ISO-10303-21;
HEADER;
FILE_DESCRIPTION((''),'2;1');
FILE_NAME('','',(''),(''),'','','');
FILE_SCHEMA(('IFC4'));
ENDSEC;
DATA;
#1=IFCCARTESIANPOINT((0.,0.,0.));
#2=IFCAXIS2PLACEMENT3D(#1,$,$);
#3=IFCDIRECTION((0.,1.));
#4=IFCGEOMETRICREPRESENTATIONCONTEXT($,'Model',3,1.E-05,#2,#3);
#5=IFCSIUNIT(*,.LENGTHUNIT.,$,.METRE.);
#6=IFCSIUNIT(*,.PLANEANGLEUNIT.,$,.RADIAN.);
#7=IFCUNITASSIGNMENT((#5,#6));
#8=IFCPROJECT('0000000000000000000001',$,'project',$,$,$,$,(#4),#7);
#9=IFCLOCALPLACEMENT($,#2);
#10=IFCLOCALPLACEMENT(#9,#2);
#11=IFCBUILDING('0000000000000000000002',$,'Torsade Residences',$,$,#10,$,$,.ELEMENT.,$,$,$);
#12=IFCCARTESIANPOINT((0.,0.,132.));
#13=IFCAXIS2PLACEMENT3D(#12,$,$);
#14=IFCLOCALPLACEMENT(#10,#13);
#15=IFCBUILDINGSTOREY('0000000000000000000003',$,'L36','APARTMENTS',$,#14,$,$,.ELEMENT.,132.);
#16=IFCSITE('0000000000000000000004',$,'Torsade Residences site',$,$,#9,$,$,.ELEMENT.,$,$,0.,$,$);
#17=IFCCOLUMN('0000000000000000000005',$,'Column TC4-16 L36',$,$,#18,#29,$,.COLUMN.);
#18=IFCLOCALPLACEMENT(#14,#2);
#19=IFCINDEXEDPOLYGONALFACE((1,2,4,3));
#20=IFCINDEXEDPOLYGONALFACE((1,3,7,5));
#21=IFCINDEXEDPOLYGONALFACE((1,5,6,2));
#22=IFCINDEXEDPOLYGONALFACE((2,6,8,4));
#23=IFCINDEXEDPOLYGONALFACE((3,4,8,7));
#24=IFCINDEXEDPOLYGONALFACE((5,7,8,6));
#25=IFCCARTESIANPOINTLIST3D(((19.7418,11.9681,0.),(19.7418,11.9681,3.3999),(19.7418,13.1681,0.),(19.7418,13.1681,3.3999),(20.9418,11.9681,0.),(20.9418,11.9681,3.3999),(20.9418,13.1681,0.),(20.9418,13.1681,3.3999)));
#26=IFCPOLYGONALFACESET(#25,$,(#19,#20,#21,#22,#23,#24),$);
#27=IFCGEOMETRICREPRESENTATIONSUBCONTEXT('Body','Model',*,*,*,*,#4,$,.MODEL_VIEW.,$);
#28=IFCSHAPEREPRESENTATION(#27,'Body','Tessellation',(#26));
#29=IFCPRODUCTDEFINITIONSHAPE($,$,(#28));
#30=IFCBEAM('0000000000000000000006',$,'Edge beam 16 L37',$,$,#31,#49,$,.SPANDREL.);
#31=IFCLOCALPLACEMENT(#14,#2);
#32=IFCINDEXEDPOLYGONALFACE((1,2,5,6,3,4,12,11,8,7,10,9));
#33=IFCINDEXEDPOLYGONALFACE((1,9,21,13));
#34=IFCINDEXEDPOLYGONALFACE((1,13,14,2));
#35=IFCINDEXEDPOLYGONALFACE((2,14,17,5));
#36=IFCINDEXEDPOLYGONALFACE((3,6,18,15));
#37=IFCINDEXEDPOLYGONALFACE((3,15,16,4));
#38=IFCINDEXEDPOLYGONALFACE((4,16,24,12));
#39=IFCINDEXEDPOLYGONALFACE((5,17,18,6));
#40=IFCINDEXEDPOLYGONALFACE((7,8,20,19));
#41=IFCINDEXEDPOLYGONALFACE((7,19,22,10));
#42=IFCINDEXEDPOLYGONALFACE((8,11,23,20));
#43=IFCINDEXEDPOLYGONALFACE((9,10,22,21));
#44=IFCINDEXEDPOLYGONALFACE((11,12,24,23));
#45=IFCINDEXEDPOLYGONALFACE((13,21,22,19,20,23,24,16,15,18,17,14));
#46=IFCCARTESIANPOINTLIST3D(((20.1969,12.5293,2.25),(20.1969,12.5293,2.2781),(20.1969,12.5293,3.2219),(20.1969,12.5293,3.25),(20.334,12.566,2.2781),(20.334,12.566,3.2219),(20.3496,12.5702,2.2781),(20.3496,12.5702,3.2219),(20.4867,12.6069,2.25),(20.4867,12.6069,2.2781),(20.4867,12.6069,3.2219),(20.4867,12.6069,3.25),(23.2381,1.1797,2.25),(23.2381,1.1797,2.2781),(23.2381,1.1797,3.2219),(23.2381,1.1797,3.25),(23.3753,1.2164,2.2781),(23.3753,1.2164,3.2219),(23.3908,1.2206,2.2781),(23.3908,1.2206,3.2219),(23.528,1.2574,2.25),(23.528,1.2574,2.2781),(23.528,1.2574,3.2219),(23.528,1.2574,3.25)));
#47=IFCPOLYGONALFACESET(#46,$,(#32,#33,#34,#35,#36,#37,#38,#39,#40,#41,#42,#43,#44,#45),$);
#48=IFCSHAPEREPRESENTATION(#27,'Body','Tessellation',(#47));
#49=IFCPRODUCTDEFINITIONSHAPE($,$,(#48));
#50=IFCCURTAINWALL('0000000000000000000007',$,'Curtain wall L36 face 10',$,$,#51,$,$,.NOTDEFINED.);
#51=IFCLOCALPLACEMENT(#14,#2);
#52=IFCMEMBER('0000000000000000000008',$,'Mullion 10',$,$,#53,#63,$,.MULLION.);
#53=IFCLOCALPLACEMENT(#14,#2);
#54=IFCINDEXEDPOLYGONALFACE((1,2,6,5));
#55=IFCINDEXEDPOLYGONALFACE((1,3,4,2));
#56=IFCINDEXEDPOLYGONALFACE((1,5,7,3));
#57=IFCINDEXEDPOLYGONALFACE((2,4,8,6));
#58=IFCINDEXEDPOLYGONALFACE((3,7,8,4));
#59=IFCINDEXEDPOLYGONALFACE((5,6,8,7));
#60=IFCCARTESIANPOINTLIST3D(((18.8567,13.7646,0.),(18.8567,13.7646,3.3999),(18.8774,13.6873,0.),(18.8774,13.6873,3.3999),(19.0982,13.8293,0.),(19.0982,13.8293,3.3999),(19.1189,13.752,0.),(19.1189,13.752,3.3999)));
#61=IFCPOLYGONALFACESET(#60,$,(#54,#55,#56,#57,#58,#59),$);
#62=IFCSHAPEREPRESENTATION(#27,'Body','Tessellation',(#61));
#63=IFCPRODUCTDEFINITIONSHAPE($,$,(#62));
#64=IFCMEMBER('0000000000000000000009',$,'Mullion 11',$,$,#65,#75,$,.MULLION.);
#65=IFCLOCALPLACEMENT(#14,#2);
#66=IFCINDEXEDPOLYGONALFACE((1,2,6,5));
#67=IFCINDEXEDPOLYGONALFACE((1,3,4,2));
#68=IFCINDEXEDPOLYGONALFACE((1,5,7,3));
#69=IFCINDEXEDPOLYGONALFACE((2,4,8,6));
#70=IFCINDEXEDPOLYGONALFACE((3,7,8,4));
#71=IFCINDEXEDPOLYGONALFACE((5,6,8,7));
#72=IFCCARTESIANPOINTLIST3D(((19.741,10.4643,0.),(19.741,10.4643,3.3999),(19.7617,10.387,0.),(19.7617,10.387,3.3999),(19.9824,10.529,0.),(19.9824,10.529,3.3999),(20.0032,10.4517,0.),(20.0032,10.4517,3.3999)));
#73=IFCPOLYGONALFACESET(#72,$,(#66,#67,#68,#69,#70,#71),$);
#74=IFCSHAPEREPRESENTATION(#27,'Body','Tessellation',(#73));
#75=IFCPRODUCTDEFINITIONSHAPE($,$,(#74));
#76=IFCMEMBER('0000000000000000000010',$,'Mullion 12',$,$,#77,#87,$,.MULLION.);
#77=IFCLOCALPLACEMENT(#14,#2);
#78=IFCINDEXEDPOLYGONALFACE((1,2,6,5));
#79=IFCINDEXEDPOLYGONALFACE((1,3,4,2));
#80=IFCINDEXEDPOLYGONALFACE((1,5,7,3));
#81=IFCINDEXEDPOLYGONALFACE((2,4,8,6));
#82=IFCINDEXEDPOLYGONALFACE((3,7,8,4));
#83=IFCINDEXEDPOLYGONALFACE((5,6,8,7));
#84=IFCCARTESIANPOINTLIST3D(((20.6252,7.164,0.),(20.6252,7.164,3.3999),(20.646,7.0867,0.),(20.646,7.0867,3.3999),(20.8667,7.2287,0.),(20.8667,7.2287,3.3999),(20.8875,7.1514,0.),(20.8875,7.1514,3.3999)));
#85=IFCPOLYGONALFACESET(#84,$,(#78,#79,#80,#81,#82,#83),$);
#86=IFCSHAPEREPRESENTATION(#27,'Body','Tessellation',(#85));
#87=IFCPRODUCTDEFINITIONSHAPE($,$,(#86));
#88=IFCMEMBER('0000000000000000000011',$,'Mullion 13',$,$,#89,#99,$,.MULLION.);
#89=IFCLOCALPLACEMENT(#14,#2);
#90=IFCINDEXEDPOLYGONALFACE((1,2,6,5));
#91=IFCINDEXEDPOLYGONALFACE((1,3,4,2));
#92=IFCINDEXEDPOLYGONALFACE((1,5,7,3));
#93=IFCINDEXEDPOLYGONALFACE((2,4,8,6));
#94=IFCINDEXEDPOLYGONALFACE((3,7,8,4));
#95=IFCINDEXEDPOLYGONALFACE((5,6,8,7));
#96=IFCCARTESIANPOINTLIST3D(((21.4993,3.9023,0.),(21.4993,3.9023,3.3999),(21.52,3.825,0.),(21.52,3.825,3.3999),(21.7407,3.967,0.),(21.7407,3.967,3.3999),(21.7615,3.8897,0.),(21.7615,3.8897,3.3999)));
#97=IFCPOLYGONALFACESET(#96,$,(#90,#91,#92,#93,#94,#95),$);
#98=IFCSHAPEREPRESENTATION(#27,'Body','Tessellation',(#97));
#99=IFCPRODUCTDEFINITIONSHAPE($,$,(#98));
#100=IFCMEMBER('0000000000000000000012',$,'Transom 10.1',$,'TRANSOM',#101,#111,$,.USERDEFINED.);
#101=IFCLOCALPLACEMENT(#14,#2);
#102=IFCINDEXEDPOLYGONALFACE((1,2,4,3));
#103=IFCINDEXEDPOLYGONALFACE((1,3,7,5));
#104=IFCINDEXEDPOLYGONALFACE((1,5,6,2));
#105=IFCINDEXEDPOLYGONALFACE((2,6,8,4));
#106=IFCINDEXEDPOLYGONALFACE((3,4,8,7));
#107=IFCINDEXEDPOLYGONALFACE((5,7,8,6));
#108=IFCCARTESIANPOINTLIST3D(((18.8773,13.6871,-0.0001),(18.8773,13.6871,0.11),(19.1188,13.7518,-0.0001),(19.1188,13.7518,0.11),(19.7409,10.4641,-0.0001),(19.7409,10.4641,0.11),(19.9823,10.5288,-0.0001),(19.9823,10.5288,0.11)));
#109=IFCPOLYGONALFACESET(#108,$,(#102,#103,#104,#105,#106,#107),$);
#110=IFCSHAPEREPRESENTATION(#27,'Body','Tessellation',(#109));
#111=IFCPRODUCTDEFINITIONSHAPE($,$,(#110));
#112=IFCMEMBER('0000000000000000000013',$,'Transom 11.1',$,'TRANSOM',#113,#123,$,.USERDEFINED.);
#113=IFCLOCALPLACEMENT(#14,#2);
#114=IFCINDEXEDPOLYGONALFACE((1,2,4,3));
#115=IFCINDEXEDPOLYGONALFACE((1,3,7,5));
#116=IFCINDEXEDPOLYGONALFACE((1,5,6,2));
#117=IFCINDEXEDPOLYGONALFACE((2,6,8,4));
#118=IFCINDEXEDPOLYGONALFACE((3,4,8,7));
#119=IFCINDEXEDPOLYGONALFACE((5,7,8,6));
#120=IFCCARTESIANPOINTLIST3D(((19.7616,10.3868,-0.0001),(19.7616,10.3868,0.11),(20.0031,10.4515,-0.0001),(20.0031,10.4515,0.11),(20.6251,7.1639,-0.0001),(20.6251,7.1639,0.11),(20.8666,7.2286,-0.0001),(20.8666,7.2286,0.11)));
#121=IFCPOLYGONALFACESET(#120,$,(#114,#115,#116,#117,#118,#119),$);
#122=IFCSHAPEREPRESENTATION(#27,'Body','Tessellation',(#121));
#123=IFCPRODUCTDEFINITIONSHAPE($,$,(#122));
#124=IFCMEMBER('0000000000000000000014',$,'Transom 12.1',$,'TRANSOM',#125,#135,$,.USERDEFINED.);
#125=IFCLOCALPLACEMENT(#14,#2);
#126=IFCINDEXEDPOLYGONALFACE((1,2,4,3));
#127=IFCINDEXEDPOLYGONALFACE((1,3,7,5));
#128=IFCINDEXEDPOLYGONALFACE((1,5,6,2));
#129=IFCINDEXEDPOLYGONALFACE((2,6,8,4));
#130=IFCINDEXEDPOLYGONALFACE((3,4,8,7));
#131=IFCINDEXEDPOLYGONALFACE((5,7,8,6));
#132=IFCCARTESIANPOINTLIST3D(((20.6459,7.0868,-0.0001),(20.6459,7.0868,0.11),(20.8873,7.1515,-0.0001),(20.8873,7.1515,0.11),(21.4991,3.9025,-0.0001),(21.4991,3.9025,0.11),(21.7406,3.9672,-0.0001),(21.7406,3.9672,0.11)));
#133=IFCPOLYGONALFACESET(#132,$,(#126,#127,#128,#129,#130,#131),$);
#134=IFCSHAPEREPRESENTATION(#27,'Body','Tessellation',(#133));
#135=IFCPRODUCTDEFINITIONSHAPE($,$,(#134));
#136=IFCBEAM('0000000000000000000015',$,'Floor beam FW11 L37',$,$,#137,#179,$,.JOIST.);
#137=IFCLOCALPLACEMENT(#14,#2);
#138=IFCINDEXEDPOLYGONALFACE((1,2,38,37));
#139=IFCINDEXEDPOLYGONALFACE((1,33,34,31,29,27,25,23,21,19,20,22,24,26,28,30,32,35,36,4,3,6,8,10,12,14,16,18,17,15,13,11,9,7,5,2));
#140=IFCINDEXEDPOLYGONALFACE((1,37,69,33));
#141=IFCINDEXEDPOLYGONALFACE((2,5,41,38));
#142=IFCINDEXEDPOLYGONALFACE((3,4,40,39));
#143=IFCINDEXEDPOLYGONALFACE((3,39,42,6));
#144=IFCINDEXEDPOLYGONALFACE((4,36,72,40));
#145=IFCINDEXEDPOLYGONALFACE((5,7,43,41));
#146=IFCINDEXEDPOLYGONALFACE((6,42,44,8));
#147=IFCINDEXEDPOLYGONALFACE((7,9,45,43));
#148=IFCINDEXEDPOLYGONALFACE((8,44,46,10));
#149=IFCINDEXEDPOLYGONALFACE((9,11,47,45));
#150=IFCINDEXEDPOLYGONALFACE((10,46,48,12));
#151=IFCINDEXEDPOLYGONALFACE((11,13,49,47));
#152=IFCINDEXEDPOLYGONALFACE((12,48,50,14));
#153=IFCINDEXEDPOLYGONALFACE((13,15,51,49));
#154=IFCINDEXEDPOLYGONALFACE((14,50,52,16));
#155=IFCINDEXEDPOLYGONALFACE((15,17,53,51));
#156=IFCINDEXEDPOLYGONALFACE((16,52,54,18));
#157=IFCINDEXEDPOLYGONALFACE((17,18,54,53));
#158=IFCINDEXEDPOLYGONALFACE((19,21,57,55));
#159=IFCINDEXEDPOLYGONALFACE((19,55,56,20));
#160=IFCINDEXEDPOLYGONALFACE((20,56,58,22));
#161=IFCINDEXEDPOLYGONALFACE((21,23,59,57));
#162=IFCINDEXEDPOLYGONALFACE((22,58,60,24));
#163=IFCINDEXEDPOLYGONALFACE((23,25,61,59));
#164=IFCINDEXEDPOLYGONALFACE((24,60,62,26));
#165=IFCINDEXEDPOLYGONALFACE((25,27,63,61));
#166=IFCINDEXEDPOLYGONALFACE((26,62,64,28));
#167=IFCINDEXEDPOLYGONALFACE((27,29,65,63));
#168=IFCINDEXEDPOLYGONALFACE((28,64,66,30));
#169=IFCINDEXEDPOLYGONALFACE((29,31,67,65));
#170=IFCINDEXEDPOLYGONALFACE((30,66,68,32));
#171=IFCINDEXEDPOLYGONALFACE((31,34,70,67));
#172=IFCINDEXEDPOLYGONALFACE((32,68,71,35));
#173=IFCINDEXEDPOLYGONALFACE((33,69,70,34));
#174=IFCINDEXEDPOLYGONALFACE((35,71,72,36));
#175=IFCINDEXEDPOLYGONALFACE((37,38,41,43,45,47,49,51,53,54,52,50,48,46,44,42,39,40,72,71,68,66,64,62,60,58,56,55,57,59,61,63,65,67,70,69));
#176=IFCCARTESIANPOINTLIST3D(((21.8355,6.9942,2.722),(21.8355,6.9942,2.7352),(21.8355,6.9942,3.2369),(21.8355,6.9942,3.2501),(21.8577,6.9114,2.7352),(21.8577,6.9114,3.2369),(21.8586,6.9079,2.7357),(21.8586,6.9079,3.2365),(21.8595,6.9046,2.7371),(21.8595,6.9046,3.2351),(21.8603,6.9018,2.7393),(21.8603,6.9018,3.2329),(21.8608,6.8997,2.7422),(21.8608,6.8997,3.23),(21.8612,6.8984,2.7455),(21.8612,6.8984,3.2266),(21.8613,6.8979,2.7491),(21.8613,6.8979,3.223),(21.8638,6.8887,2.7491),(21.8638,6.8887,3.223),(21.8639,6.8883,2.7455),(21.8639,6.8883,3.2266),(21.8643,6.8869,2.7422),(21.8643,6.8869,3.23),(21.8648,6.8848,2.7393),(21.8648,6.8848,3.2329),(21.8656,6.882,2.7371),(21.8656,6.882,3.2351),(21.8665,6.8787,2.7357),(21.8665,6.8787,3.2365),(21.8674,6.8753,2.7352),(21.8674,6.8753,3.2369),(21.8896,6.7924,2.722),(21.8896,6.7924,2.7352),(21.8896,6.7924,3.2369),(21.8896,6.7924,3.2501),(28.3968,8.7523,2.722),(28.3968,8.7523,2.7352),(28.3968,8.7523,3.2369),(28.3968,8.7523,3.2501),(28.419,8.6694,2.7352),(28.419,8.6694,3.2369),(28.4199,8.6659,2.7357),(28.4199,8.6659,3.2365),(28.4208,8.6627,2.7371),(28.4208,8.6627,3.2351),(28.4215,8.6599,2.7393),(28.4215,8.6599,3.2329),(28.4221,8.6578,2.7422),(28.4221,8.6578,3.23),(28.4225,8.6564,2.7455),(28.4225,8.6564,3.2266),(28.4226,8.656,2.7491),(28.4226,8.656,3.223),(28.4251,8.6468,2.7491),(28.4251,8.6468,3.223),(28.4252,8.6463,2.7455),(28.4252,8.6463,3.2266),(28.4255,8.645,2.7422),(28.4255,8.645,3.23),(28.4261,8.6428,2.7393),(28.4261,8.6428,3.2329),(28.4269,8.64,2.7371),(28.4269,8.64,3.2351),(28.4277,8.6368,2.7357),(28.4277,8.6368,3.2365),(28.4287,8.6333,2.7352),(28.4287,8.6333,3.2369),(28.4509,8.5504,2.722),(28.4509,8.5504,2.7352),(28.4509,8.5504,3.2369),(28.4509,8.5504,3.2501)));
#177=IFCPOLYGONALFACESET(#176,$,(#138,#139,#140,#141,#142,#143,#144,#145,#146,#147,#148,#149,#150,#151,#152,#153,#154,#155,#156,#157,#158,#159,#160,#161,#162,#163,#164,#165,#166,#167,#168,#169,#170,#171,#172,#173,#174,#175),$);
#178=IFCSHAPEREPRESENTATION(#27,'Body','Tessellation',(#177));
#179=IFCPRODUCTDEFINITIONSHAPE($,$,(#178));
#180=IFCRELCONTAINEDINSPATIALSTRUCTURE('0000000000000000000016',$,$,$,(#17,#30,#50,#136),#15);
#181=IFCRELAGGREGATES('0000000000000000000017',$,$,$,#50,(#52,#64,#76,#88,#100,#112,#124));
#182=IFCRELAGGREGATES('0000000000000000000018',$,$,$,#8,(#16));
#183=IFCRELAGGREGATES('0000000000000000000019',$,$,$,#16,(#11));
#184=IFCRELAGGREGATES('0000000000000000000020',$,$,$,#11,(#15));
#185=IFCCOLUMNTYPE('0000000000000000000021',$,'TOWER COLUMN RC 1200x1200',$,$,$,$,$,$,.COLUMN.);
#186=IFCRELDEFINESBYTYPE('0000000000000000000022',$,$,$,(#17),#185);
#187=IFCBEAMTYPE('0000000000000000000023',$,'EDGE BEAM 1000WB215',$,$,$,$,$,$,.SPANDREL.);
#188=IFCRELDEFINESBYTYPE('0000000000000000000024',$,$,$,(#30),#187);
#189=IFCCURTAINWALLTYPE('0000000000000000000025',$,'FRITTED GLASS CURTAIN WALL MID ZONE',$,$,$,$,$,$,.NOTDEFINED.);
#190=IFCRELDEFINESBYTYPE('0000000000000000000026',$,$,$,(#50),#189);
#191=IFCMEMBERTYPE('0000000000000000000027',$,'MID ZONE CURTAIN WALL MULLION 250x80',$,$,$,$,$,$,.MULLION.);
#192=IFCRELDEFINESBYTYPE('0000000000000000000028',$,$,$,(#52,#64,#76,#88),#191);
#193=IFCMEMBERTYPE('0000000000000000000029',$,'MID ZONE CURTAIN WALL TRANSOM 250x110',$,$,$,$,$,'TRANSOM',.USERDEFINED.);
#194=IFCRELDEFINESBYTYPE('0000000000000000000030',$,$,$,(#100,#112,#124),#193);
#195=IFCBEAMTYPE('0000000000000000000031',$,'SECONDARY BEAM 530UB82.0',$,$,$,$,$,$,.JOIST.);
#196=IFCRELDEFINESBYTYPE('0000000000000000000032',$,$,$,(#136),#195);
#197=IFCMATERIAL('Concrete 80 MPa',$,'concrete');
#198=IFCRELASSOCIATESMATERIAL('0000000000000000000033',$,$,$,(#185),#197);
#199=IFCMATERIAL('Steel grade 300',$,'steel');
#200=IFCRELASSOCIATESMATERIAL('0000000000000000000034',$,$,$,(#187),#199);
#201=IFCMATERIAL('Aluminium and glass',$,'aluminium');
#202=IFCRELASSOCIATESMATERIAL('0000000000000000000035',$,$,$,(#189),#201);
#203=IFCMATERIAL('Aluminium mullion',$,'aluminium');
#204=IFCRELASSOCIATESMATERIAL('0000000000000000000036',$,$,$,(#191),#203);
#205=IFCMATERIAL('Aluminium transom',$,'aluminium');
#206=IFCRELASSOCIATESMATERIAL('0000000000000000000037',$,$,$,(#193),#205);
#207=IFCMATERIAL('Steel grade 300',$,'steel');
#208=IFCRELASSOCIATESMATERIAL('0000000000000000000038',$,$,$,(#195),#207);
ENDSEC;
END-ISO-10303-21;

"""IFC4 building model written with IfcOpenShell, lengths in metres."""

from ifc_helpers import new_model, si_unit, direction, frame, origin, origin_2d, place, context, subcontext, project, spatial, rectangle, i_section, extrude, material, material_profile, profile_set, type_object, element, aggregate, save


model = new_model("IFC4")

# Units and contexts
model_context = context("Model", 3, precision=1e-05, world=origin(), true_north=direction((0.0, 1.0)))
body_context = subcontext(model_context, "Body", "Model", "MODEL_VIEW")
ifc_project = project(units=[si_unit("LENGTHUNIT", "METRE"), si_unit("PLANEANGLEUNIT", "RADIAN")], contexts=[model_context])

# Site, building, storey
site_placement = place(None, origin())
site = spatial("IfcSite", under=ifc_project, at=site_placement, Name="Torsade Residences site", CompositionType="ELEMENT", RefElevation=0.0)
building_placement = place(site_placement, origin())
building = spatial("IfcBuilding", under=site, at=building_placement, Name="Torsade Residences", CompositionType="ELEMENT")
storey_placement = place(building_placement, frame((0.0, 0.0, 132.0)))
storey = spatial("IfcBuildingStorey", under=building, at=storey_placement, Name="L36", Description="APARTMENTS", CompositionType="ELEMENT", Elevation=132.0)

# Column
ifc_material_1 = material(Name="Concrete 80 MPa", Category="concrete")
ifc_material_profile_1 = material_profile(ifc_material_1, rectangle(XDim=1.2, YDim=1.2, at=origin_2d()), Name="RC 1200x1200")
ifc_profile_set_1 = profile_set([ifc_material_profile_1], Name="Concrete 80 MPa")
column_type = type_object("IfcColumnType", Name="TOWER COLUMN RC 1200x1200", PredefinedType="COLUMN", material=ifc_profile_set_1)
column_placement = place(storey_placement, frame((20.3418, 12.5681, 0.0), z_axis=(0.0, 0.0, 1.0), x_axis=(1.0, 0.0, 0.0)))
element("IfcColumn", 1, at=column_placement, inside=storey, type_object=column_type, Name="Column TC4-16 L36", PredefinedType="COLUMN", context=body_context, shape_type="SweptSolid", body=[
    extrude(rectangle(XDim=1.2, YDim=1.2, at=origin_2d()), origin(), (0.0, 0.0, 1.0), 3.3999),
])

# Beam
ifc_material_2 = material(Name="Steel grade 300", Category="steel")
ifc_material_profile_2 = material_profile(ifc_material_2, i_section(OverallWidth=0.3, OverallDepth=1.0, WebThickness=0.0161, FlangeThickness=0.0281, at=origin_2d()), Name="1000WB215")
ifc_profile_set_2 = profile_set([ifc_material_profile_2], Name="Steel grade 300")
beam_type_1 = type_object("IfcBeamType", Name="EDGE BEAM 1000WB215", PredefinedType="SPANDREL", material=ifc_profile_set_2)
beam_1_placement = place(storey_placement, frame((20.3418, 12.5681, 2.75), z_axis=(0.25883, -0.965923, 0.0), x_axis=(0.965923, 0.25883, 0.0)))
element("IfcBeam", 2, at=beam_1_placement, inside=storey, type_object=beam_type_1, Name="Edge beam 16 L37", PredefinedType="SPANDREL", context=body_context, shape_type="SweptSolid", body=[
    extrude(i_section(OverallWidth=0.3, OverallDepth=1.0, WebThickness=0.0161, FlangeThickness=0.0281, at=origin_2d()), origin(), (0.0, 0.0, 1.0), 11.75),
])

# Curtain wall, members
ifc_material_3 = material(Name="Aluminium and glass", Category="aluminium")
curtain_wall_type = type_object("IfcCurtainWallType", Name="FRITTED GLASS CURTAIN WALL MID ZONE", PredefinedType="NOTDEFINED", material=ifc_material_3)
curtain_wall_placement = place(storey_placement, origin())
curtain_wall = element("IfcCurtainWall", 3, at=curtain_wall_placement, inside=storey, type_object=curtain_wall_type, Name="Curtain wall L36 face 10", PredefinedType="NOTDEFINED")
ifc_material_4 = material(Name="Aluminium mullion", Category="aluminium")
ifc_material_profile_3 = material_profile(ifc_material_4, rectangle(XDim=0.25, YDim=0.0801, at=origin_2d()), Name="MID ZONE CURTAIN WALL MULLION 250x80")
ifc_profile_set_3 = profile_set([ifc_material_profile_3], Name="Aluminium mullion")
member_type_1 = type_object("IfcMemberType", Name="MID ZONE CURTAIN WALL MULLION 250x80", PredefinedType="MULLION", material=ifc_profile_set_3)
member_1_placement = place(storey_placement, frame((18.9878, 13.7583, 0.0), z_axis=(0.0, 0.0, 1.0), x_axis=(0.965926, 0.258819, 0.0)))
member_1 = element("IfcMember", 4, at=member_1_placement, type_object=member_type_1, Name="Mullion 10", PredefinedType="MULLION", context=body_context, shape_type="SweptSolid", body=[
    extrude(rectangle(XDim=0.25, YDim=0.0801, at=origin_2d()), origin(), (0.0, 0.0, 1.0), 3.3999),
])
member_2_placement = place(storey_placement, frame((19.8721, 10.458, 0.0), z_axis=(0.0, 0.0, 1.0), x_axis=(0.965926, 0.258819, 0.0)))
member_2 = element("IfcMember", 5, at=member_2_placement, type_object=member_type_1, Name="Mullion 11", PredefinedType="MULLION", context=body_context, shape_type="SweptSolid", body=[
    extrude(rectangle(XDim=0.25, YDim=0.0801, at=origin_2d()), origin(), (0.0, 0.0, 1.0), 3.3999),
])
member_3_placement = place(storey_placement, frame((20.7563, 7.1577, 0.0), z_axis=(0.0, 0.0, 1.0), x_axis=(0.965926, 0.258819, 0.0)))
member_3 = element("IfcMember", 6, at=member_3_placement, type_object=member_type_1, Name="Mullion 12", PredefinedType="MULLION", context=body_context, shape_type="SweptSolid", body=[
    extrude(rectangle(XDim=0.25, YDim=0.0801, at=origin_2d()), origin(), (0.0, 0.0, 1.0), 3.3999),
])
member_4_placement = place(storey_placement, frame((21.6304, 3.896, 0.0), z_axis=(0.0, 0.0, 1.0), x_axis=(0.965926, 0.258819, 0.0)))
member_4 = element("IfcMember", 7, at=member_4_placement, type_object=member_type_1, Name="Mullion 13", PredefinedType="MULLION", context=body_context, shape_type="SweptSolid", body=[
    extrude(rectangle(XDim=0.25, YDim=0.0801, at=origin_2d()), origin(), (0.0, 0.0, 1.0), 3.3999),
])
ifc_material_5 = material(Name="Aluminium transom", Category="aluminium")
ifc_material_profile_4 = material_profile(ifc_material_5, rectangle(XDim=0.25, YDim=0.1101, at=origin_2d()), Name="MID ZONE CURTAIN WALL TRANSOM 250x110")
ifc_profile_set_4 = profile_set([ifc_material_profile_4], Name="Aluminium transom")
member_type_2 = type_object("IfcMemberType", Name="MID ZONE CURTAIN WALL TRANSOM 250x110", ElementType="TRANSOM", PredefinedType="USERDEFINED", material=ifc_profile_set_4)
member_5_placement = place(storey_placement, frame((18.998, 13.7195, 0.0549), z_axis=(0.258806, -0.965929, 0.0), x_axis=(0.965929, 0.258806, 0.0)))
member_5 = element("IfcMember", 8, at=member_5_placement, type_object=member_type_2, Name="Transom 10.1", ObjectType="TRANSOM", PredefinedType="USERDEFINED", context=body_context, shape_type="SweptSolid", body=[
    extrude(rectangle(XDim=0.25, YDim=0.1101, at=origin_2d()), origin(), (0.0, 0.0, 1.0), 3.3367),
])
member_6_placement = place(storey_placement, frame((19.8823, 10.4192, 0.0549), z_axis=(0.258806, -0.965929, 0.0), x_axis=(0.965929, 0.258806, 0.0)))
member_6 = element("IfcMember", 9, at=member_6_placement, type_object=member_type_2, Name="Transom 11.1", ObjectType="TRANSOM", PredefinedType="USERDEFINED", context=body_context, shape_type="SweptSolid", body=[
    extrude(rectangle(XDim=0.25, YDim=0.1101, at=origin_2d()), origin(), (0.0, 0.0, 1.0), 3.3367),
])
member_7_placement = place(storey_placement, frame((20.7666, 7.1191, 0.0549), z_axis=(0.258829, -0.965923, 0.0), x_axis=(0.965923, 0.258829, 0.0)))
member_7 = element("IfcMember", 10, at=member_7_placement, type_object=member_type_2, Name="Transom 12.1", ObjectType="TRANSOM", PredefinedType="USERDEFINED", context=body_context, shape_type="SweptSolid", body=[
    extrude(rectangle(XDim=0.25, YDim=0.1101, at=origin_2d()), origin(), (0.0, 0.0, 1.0), 3.2966),
])

# Beam
ifc_material_6 = material(Name="Steel grade 300", Category="steel")
ifc_material_profile_5 = material_profile(ifc_material_6, i_section(OverallWidth=0.209, OverallDepth=0.5281, WebThickness=0.0095, FlangeThickness=0.0132, FilletRadius=0.0139, at=origin_2d()), Name="530UB82.0")
ifc_profile_set_5 = profile_set([ifc_material_profile_5], Name="Steel grade 300")
beam_type_2 = type_object("IfcBeamType", Name="SECONDARY BEAM 530UB82.0", PredefinedType="JOIST", material=ifc_profile_set_5)
beam_2_placement = place(storey_placement, frame((21.8625, 6.8933, 2.9861), z_axis=(0.965927, 0.258815, 0.0), x_axis=(-0.258815, 0.965927, 0.0)))
element("IfcBeam", 11, at=beam_2_placement, inside=storey, type_object=beam_type_2, Name="Floor beam FW11 L37", PredefinedType="JOIST", context=body_context, shape_type="SweptSolid", body=[
    extrude(i_section(OverallWidth=0.209, OverallDepth=0.5281, WebThickness=0.0095, FlangeThickness=0.0132, FilletRadius=0.0139, at=origin_2d()), origin(), (0.0, 0.0, 1.0), 6.7927),
])

aggregate(curtain_wall, [member_1, member_2, member_3, member_4, member_5, member_6, member_7])

save(model, "model.ifc")
